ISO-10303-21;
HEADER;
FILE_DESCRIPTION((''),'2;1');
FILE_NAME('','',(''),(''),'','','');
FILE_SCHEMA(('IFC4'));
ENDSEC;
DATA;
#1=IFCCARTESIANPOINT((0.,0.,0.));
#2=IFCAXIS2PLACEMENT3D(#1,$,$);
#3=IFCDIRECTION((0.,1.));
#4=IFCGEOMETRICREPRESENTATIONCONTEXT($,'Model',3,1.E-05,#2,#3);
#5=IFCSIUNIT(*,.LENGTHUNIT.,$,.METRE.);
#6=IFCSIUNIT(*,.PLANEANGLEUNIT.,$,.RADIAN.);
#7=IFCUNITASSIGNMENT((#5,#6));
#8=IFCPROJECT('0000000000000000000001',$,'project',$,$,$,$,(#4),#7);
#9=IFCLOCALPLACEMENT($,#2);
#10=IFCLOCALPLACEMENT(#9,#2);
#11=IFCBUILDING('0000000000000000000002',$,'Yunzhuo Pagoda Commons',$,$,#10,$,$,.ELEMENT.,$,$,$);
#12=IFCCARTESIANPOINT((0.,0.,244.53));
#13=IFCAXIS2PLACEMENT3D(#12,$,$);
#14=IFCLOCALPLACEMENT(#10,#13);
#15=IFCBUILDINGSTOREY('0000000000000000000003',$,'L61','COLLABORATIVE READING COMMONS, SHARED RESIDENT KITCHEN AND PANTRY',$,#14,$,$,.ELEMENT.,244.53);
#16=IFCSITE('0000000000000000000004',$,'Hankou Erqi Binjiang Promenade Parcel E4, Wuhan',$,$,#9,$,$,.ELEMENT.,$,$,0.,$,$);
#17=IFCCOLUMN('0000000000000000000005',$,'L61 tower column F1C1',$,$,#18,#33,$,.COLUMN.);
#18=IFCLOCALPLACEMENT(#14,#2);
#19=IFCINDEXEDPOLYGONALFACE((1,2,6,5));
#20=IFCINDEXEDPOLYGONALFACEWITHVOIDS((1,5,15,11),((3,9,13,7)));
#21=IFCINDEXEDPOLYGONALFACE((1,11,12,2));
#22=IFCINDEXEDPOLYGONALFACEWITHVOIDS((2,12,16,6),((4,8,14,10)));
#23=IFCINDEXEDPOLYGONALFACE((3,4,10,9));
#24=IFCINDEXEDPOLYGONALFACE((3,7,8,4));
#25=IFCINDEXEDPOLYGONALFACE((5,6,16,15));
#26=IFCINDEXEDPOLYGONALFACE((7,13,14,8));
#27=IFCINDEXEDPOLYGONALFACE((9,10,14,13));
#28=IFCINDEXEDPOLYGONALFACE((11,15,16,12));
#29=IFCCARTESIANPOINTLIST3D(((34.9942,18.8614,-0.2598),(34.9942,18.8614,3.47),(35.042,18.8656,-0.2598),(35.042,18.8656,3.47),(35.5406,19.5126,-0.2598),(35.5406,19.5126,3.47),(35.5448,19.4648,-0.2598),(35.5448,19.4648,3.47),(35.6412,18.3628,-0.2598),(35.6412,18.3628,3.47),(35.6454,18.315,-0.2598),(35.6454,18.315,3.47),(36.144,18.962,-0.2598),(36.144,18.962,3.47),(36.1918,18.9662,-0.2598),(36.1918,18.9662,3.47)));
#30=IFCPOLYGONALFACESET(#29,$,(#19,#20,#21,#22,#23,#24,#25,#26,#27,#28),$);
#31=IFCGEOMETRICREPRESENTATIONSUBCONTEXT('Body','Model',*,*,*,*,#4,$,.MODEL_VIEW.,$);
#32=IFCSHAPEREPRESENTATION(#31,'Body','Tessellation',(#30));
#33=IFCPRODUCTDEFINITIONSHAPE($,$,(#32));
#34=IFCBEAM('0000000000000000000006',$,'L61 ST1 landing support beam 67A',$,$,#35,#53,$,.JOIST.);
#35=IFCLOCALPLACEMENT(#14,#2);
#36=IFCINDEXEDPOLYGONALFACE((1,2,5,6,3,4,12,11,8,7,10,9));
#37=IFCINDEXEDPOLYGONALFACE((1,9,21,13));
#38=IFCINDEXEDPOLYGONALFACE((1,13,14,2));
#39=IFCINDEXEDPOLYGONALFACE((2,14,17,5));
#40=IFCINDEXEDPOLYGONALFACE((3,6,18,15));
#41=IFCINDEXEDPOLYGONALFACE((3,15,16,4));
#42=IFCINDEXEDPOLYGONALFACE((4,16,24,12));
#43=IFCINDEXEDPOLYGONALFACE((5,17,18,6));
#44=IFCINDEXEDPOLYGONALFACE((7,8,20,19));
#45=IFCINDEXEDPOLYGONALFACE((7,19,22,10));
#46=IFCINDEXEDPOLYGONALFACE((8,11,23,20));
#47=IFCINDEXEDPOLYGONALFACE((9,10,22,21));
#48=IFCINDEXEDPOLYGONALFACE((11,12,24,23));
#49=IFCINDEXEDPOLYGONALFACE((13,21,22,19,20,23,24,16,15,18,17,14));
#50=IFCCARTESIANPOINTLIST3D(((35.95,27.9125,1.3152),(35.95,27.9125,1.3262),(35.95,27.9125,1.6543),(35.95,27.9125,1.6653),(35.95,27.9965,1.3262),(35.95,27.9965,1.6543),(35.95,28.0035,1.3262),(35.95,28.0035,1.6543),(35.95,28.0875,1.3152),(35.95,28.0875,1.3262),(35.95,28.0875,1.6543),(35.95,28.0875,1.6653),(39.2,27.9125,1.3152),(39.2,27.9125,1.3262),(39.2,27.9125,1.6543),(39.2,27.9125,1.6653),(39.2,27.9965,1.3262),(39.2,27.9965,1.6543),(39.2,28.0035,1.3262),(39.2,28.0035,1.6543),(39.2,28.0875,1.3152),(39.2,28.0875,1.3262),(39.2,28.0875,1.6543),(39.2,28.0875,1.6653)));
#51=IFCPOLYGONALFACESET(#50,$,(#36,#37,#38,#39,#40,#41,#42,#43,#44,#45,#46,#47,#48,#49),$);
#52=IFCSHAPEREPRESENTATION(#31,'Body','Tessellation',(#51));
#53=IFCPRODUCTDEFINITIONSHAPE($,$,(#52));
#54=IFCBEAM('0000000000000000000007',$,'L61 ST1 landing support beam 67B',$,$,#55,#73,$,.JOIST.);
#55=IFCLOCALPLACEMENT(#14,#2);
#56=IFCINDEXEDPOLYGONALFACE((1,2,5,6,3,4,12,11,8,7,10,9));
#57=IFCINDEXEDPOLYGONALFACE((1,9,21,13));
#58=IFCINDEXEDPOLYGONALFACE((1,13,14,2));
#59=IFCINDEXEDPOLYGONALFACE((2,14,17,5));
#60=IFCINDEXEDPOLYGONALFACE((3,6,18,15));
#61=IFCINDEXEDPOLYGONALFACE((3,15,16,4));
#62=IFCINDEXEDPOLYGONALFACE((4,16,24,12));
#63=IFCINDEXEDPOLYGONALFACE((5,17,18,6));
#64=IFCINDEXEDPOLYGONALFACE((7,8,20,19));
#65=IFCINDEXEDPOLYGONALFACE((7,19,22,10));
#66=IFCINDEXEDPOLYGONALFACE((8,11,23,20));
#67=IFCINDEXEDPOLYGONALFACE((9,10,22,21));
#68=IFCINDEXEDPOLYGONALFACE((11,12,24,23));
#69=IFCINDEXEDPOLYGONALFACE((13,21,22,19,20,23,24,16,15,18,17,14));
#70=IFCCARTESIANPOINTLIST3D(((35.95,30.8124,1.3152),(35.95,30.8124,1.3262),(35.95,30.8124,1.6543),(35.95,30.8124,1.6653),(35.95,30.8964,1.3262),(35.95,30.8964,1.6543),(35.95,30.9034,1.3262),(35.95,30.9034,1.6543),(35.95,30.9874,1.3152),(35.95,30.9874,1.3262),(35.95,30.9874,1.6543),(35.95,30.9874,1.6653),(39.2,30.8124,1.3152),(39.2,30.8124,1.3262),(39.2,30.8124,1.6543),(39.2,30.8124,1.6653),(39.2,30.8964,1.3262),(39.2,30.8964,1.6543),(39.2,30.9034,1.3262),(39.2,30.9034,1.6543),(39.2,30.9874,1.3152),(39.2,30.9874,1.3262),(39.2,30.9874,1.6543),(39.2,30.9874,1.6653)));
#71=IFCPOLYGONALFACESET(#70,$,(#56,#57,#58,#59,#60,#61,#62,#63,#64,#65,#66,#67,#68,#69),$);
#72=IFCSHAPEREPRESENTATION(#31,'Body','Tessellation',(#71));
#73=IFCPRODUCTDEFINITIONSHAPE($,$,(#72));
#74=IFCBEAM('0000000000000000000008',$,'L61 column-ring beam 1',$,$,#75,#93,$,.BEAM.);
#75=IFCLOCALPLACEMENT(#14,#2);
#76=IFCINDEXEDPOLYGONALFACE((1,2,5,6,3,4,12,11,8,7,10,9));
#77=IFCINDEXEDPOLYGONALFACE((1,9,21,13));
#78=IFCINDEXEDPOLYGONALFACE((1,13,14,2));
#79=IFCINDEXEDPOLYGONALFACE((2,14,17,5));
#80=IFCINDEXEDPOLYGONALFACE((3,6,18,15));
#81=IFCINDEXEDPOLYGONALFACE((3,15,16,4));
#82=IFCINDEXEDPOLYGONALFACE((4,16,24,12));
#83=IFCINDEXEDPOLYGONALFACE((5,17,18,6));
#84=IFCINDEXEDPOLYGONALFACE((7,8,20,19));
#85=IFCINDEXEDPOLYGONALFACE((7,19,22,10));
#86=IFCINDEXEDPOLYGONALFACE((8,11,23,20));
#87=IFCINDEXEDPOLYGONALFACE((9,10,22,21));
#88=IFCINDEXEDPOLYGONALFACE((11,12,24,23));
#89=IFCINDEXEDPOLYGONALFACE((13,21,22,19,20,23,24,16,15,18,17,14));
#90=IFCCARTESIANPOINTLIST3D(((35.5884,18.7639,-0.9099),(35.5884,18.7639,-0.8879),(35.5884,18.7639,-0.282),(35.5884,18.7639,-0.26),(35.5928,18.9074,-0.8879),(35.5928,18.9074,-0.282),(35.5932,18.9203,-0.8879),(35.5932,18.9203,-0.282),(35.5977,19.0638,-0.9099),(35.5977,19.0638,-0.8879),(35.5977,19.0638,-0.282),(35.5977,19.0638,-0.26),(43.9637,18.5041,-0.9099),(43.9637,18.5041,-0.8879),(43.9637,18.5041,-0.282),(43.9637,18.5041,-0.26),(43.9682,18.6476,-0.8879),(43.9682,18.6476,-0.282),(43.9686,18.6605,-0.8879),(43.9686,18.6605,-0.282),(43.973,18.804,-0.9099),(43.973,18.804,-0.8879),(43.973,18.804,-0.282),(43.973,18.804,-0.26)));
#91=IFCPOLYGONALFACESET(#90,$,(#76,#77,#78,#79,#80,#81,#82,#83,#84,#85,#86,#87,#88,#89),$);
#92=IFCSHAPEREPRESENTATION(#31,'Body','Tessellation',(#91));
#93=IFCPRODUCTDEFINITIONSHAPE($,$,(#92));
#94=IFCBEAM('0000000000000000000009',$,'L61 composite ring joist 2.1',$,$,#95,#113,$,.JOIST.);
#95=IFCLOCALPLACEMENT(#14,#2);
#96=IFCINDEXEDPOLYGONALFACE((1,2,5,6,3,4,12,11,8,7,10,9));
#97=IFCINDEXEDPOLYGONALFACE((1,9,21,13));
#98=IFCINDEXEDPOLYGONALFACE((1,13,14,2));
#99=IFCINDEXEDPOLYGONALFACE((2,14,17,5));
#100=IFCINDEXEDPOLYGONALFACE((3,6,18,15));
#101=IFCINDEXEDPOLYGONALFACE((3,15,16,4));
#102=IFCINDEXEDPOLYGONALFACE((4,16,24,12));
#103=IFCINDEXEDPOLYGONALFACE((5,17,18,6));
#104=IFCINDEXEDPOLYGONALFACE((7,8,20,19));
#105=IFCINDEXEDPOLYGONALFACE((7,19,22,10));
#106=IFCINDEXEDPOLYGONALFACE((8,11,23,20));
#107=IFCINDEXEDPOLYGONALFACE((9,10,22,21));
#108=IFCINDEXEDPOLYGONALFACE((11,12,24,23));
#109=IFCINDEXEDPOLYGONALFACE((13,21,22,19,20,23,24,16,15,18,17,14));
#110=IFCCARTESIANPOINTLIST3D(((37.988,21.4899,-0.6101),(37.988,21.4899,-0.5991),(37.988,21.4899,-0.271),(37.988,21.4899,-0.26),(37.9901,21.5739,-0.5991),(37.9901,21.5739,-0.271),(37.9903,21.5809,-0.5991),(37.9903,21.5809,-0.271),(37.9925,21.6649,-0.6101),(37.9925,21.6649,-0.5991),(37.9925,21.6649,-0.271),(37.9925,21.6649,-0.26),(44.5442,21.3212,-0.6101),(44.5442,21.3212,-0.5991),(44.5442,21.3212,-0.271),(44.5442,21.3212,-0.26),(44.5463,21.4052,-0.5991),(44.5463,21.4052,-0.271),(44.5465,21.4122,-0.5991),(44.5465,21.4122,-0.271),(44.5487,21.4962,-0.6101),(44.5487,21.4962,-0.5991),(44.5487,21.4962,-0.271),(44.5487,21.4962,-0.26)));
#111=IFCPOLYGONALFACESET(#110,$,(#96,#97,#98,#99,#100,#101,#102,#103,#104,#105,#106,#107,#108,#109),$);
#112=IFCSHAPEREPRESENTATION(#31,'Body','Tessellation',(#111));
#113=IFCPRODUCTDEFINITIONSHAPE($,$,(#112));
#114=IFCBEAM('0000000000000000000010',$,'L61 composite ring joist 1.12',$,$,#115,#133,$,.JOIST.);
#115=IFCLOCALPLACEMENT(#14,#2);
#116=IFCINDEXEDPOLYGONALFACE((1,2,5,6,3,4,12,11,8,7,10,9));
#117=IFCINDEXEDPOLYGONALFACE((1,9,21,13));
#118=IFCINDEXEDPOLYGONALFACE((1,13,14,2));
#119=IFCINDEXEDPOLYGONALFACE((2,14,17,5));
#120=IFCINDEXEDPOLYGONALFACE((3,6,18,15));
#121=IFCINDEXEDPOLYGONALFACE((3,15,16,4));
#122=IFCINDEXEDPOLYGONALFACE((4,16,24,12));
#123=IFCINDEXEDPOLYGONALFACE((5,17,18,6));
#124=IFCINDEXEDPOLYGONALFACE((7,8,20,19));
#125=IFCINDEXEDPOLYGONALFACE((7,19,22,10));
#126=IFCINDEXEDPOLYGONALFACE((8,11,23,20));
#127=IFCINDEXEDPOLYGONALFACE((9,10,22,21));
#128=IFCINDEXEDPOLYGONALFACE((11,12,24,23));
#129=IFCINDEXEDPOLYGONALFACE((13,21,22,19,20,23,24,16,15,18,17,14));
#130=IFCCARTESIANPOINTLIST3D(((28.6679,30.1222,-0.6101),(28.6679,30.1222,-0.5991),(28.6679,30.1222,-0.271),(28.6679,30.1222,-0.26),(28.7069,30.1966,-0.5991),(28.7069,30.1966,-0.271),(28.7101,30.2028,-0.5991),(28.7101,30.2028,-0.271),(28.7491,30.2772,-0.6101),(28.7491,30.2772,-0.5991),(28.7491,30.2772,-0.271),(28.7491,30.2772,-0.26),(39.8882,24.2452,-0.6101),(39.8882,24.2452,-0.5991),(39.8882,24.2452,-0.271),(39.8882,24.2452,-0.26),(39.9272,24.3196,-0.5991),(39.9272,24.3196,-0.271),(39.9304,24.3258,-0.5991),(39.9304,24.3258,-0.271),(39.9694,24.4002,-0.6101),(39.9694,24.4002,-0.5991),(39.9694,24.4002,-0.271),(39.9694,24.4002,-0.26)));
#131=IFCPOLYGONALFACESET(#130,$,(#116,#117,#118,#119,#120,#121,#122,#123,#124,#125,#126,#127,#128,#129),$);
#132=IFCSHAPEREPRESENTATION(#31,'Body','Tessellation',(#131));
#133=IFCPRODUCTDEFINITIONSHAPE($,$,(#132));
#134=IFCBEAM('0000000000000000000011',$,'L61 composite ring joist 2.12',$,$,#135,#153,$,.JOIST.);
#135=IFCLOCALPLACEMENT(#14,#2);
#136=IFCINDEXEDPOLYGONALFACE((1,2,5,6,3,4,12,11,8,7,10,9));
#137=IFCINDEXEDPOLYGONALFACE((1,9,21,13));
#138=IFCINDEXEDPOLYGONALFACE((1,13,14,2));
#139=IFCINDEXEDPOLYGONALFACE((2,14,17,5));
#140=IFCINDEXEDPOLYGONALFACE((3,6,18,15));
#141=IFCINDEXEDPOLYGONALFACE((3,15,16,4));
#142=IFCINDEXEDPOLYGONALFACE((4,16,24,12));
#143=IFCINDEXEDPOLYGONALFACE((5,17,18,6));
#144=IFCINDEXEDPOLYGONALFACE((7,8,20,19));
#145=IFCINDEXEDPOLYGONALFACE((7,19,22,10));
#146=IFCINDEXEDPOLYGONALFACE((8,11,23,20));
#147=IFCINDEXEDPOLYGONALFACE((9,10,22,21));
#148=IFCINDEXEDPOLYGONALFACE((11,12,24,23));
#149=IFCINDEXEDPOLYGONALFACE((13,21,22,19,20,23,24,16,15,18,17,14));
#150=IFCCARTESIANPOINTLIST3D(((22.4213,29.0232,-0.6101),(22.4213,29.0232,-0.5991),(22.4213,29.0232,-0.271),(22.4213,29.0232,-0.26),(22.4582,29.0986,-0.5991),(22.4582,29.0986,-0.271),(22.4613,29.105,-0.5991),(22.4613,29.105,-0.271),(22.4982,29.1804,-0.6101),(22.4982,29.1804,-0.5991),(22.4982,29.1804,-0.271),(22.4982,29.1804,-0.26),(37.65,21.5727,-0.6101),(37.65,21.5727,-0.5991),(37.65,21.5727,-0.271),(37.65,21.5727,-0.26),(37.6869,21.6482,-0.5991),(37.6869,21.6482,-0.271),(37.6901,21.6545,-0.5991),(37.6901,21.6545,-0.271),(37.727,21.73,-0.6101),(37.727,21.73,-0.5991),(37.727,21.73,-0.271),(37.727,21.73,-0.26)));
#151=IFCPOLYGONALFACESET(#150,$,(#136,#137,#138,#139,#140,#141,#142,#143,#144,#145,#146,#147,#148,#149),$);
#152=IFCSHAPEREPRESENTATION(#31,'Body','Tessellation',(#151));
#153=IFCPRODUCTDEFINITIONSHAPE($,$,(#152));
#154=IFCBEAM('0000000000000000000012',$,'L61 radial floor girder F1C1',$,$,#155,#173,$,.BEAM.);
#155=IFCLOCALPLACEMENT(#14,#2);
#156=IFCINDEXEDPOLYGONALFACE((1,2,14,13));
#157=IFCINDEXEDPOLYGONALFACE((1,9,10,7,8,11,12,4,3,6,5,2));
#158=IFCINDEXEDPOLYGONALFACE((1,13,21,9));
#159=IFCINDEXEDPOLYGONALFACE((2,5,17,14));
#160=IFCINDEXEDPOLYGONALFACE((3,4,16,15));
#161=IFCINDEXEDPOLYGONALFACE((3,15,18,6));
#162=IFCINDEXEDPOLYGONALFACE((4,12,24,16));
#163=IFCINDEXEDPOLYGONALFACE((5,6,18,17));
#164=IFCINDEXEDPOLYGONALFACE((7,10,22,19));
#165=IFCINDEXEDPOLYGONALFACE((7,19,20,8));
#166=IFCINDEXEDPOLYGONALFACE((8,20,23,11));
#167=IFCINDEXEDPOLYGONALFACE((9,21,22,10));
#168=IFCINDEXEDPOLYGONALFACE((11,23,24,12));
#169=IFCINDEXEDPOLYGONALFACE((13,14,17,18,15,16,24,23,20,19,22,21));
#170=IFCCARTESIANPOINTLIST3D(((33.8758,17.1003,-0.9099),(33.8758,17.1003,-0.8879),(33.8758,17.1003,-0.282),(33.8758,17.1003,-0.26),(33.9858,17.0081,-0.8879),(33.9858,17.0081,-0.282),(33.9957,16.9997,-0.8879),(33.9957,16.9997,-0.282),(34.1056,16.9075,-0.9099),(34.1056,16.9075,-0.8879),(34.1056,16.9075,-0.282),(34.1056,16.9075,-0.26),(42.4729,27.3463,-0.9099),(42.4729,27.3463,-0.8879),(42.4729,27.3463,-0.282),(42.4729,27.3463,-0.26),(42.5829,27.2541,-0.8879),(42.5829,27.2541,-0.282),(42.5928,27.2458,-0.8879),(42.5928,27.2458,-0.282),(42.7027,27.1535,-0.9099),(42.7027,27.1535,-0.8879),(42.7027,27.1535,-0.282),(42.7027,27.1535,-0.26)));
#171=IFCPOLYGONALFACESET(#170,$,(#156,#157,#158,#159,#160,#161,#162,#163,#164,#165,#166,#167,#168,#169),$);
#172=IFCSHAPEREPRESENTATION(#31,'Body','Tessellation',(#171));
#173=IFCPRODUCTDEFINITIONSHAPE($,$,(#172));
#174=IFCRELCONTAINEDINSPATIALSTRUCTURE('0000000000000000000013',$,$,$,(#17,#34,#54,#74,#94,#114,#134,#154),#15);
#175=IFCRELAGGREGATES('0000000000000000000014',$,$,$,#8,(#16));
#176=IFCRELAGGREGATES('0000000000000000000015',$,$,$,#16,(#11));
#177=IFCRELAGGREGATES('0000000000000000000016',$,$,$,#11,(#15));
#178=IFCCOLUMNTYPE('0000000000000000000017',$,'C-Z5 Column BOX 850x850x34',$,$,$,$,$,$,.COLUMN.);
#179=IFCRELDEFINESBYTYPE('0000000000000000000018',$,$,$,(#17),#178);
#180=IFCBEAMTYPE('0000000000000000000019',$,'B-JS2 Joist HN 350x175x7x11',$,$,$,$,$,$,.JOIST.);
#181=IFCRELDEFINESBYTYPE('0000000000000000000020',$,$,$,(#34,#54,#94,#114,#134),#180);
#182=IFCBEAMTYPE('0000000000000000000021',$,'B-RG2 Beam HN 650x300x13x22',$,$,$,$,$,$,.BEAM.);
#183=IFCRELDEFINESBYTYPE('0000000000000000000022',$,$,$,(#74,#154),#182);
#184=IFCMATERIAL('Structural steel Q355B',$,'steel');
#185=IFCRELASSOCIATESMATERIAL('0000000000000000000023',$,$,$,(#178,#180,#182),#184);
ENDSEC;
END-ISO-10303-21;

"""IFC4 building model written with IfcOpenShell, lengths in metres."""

from ifc_helpers import new_model, si_unit, direction, frame, origin, origin_2d, place, context, subcontext, project, spatial, hollow_rectangle, i_section, extrude, source, transform, mapped, material, material_profile, profile_set, type_object, element, save


model = new_model("IFC4")

# Units and contexts
model_context = context("Model", 3, precision=1e-05, world=origin(), true_north=direction((0.0, 1.0)))
body_context = subcontext(model_context, "Body", "Model", "MODEL_VIEW")
ifc_project = project(units=[si_unit("LENGTHUNIT", "METRE"), si_unit("PLANEANGLEUNIT", "RADIAN")], contexts=[model_context])

# Site, building, storey
site_placement = place(None, origin())
site = spatial("IfcSite", under=ifc_project, at=site_placement, Name="Hankou Erqi Binjiang Promenade Parcel E4, Wuhan", CompositionType="ELEMENT", RefElevation=0.0)
building_placement = place(site_placement, origin())
building = spatial("IfcBuilding", under=site, at=building_placement, Name="Yunzhuo Pagoda Commons", CompositionType="ELEMENT")
storey_placement = place(building_placement, frame((0.0, 0.0, 244.53)))
storey = spatial("IfcBuildingStorey", under=building, at=storey_placement, Name="L61", Description="COLLABORATIVE READING COMMONS, SHARED RESIDENT KITCHEN AND PANTRY", CompositionType="ELEMENT", Elevation=244.53)

# Column
ifc_material_1 = material(Name="Structural steel Q355B", Category="steel")
ifc_material_profile_1 = material_profile(ifc_material_1, hollow_rectangle(XDim=0.8501, YDim=0.8501, WallThickness=0.0339, at=origin_2d()), Name="Structural steel Q355B")
ifc_profile_set_1 = profile_set([ifc_material_profile_1], Name="Structural steel Q355B")
column_type = type_object("IfcColumnType", Name="C-Z5 Column BOX 850x850x34", PredefinedType="COLUMN", material=ifc_profile_set_1)
shared_shape_1 = source(origin(), body_context, "Body", "SweptSolid", [
    extrude(hollow_rectangle(XDim=0.8501, YDim=0.8501, WallThickness=0.0339, at=origin_2d()), origin(), (0.0, 0.0, 1.0), 3.7297),
])
column_placement = place(storey_placement, frame((35.593, 18.9138, -0.2598), z_axis=(0.0, 0.0, 1.0), x_axis=(0.766044, -0.642788, 0.0)))
element("IfcColumn", 1, at=column_placement, inside=storey, type_object=column_type, Name="L61 tower column F1C1", PredefinedType="COLUMN", context=body_context, shape_type="MappedRepresentation", body=[
    mapped(shared_shape_1, transform((0.0, 0.0, 0.0), scale=1.0)),
])

# Beams
ifc_material_profile_2 = material_profile(ifc_material_1, i_section(OverallWidth=0.175, OverallDepth=0.3501, WebThickness=0.0071, FlangeThickness=0.011, at=origin_2d()), Name="Structural steel Q355B")
ifc_profile_set_2 = profile_set([ifc_material_profile_2], Name="Structural steel Q355B")
beam_type_1 = type_object("IfcBeamType", Name="B-JS2 Joist HN 350x175x7x11", PredefinedType="JOIST", material=ifc_profile_set_2)
shared_shape_2 = source(origin(), body_context, "Body", "SweptSolid", [
    extrude(i_section(OverallWidth=0.175, OverallDepth=0.3501, WebThickness=0.0071, FlangeThickness=0.011, at=origin_2d()), origin(), (0.0, 0.0, 1.0), 3.25),
])
for number, where, z_axis, x_axis, name in (
    (2, (35.95, 28.0, 1.4902), (1.0, 0.0, 0.0), (0.0, 1.0, 0.0), "L61 ST1 landing support beam 67A"),
    (3, (35.95, 30.8999, 1.4902), (1.0, 0.0, 0.0), (0.0, 1.0, 0.0), "L61 ST1 landing support beam 67B"),
):
    element("IfcBeam", number, at=place(storey_placement, frame(where, z_axis=z_axis, x_axis=x_axis)), inside=storey, type_object=beam_type_1, Name=name, PredefinedType="JOIST", context=body_context, shape_type="MappedRepresentation", body=[
        mapped(shared_shape_2, transform((0.0, 0.0, 0.0), scale=1.0)),
    ])
ifc_material_profile_3 = material_profile(ifc_material_1, i_section(OverallWidth=0.3, OverallDepth=0.6499, WebThickness=0.0129, FlangeThickness=0.022, at=origin_2d()), Name="Structural steel Q355B")
ifc_profile_set_3 = profile_set([ifc_material_profile_3], Name="Structural steel Q355B")
beam_type_2 = type_object("IfcBeamType", Name="B-RG2 Beam HN 650x300x13x22", PredefinedType="BEAM", material=ifc_profile_set_3)
shared_shape_3 = source(origin(), body_context, "Body", "SweptSolid", [
    extrude(i_section(OverallWidth=0.3, OverallDepth=0.6499, WebThickness=0.0129, FlangeThickness=0.022, at=origin_2d()), origin(), (0.0, 0.0, 1.0), 8.3794),
])
beam_1_placement = place(storey_placement, frame((35.593, 18.9138, -0.585), z_axis=(0.999519, -0.031, 0.0), x_axis=(0.031, 0.999519, 0.0)))
element("IfcBeam", 4, at=beam_1_placement, inside=storey, type_object=beam_type_2, Name="L61 column-ring beam 1", PredefinedType="BEAM", context=body_context, shape_type="MappedRepresentation", body=[
    mapped(shared_shape_3, transform((0.0, 0.0, 0.0), scale=1.0)),
])
shared_shape_4 = source(origin(), body_context, "Body", "SweptSolid", [
    extrude(i_section(OverallWidth=0.175, OverallDepth=0.3501, WebThickness=0.0071, FlangeThickness=0.011, at=origin_2d()), origin(), (0.0, 0.0, 1.0), 6.5583),
])
beam_2_placement = place(storey_placement, frame((37.9902, 21.5774, -0.4351), z_axis=(0.999669, -0.025723, 0.0), x_axis=(0.025723, 0.999669, 0.0)))
element("IfcBeam", 5, at=beam_2_placement, inside=storey, type_object=beam_type_1, Name="L61 composite ring joist 2.1", PredefinedType="JOIST", context=body_context, shape_type="MappedRepresentation", body=[
    mapped(shared_shape_4, transform((0.0, 0.0, 0.0), scale=1.0)),
])
shared_shape_5 = source(origin(), body_context, "Body", "SweptSolid", [
    extrude(i_section(OverallWidth=0.175, OverallDepth=0.3501, WebThickness=0.0071, FlangeThickness=0.011, at=origin_2d()), origin(), (0.0, 0.0, 1.0), 12.6663),
])
beam_3_placement = place(storey_placement, frame((28.7085, 30.1997, -0.4351), z_axis=(0.885841, -0.463988, 0.0), x_axis=(0.463988, 0.885841, 0.0)))
element("IfcBeam", 6, at=beam_3_placement, inside=storey, type_object=beam_type_1, Name="L61 composite ring joist 1.12", PredefinedType="JOIST", context=body_context, shape_type="MappedRepresentation", body=[
    mapped(shared_shape_5, transform((0.0, 0.0, 0.0), scale=1.0)),
])
shared_shape_6 = source(origin(), body_context, "Body", "SweptSolid", [
    extrude(i_section(OverallWidth=0.175, OverallDepth=0.3501, WebThickness=0.0071, FlangeThickness=0.011, at=origin_2d()), origin(), (0.0, 0.0, 1.0), 16.9536),
])
beam_4_placement = place(storey_placement, frame((22.4597, 29.1018, -0.4351), z_axis=(0.898262, -0.439461, 0.0), x_axis=(0.439461, 0.898262, 0.0)))
element("IfcBeam", 7, at=beam_4_placement, inside=storey, type_object=beam_type_1, Name="L61 composite ring joist 2.12", PredefinedType="JOIST", context=body_context, shape_type="MappedRepresentation", body=[
    mapped(shared_shape_6, transform((0.0, 0.0, 0.0), scale=1.0)),
])
shared_shape_7 = source(origin(), body_context, "Body", "SweptSolid", [
    extrude(i_section(OverallWidth=0.3, OverallDepth=0.6499, WebThickness=0.0129, FlangeThickness=0.022, at=origin_2d()), origin(), (0.0, 0.0, 1.0), 13.375),
])
beam_5_placement = place(storey_placement, frame((33.9907, 17.0039, -0.585), z_axis=(0.642773, 0.766056, 0.0), x_axis=(-0.766056, 0.642773, 0.0)))
element("IfcBeam", 8, at=beam_5_placement, inside=storey, type_object=beam_type_2, Name="L61 radial floor girder F1C1", PredefinedType="BEAM", context=body_context, shape_type="MappedRepresentation", body=[
    mapped(shared_shape_7, transform((0.0, 0.0, 0.0), scale=1.0)),
])

save(model, "model.ifc")
